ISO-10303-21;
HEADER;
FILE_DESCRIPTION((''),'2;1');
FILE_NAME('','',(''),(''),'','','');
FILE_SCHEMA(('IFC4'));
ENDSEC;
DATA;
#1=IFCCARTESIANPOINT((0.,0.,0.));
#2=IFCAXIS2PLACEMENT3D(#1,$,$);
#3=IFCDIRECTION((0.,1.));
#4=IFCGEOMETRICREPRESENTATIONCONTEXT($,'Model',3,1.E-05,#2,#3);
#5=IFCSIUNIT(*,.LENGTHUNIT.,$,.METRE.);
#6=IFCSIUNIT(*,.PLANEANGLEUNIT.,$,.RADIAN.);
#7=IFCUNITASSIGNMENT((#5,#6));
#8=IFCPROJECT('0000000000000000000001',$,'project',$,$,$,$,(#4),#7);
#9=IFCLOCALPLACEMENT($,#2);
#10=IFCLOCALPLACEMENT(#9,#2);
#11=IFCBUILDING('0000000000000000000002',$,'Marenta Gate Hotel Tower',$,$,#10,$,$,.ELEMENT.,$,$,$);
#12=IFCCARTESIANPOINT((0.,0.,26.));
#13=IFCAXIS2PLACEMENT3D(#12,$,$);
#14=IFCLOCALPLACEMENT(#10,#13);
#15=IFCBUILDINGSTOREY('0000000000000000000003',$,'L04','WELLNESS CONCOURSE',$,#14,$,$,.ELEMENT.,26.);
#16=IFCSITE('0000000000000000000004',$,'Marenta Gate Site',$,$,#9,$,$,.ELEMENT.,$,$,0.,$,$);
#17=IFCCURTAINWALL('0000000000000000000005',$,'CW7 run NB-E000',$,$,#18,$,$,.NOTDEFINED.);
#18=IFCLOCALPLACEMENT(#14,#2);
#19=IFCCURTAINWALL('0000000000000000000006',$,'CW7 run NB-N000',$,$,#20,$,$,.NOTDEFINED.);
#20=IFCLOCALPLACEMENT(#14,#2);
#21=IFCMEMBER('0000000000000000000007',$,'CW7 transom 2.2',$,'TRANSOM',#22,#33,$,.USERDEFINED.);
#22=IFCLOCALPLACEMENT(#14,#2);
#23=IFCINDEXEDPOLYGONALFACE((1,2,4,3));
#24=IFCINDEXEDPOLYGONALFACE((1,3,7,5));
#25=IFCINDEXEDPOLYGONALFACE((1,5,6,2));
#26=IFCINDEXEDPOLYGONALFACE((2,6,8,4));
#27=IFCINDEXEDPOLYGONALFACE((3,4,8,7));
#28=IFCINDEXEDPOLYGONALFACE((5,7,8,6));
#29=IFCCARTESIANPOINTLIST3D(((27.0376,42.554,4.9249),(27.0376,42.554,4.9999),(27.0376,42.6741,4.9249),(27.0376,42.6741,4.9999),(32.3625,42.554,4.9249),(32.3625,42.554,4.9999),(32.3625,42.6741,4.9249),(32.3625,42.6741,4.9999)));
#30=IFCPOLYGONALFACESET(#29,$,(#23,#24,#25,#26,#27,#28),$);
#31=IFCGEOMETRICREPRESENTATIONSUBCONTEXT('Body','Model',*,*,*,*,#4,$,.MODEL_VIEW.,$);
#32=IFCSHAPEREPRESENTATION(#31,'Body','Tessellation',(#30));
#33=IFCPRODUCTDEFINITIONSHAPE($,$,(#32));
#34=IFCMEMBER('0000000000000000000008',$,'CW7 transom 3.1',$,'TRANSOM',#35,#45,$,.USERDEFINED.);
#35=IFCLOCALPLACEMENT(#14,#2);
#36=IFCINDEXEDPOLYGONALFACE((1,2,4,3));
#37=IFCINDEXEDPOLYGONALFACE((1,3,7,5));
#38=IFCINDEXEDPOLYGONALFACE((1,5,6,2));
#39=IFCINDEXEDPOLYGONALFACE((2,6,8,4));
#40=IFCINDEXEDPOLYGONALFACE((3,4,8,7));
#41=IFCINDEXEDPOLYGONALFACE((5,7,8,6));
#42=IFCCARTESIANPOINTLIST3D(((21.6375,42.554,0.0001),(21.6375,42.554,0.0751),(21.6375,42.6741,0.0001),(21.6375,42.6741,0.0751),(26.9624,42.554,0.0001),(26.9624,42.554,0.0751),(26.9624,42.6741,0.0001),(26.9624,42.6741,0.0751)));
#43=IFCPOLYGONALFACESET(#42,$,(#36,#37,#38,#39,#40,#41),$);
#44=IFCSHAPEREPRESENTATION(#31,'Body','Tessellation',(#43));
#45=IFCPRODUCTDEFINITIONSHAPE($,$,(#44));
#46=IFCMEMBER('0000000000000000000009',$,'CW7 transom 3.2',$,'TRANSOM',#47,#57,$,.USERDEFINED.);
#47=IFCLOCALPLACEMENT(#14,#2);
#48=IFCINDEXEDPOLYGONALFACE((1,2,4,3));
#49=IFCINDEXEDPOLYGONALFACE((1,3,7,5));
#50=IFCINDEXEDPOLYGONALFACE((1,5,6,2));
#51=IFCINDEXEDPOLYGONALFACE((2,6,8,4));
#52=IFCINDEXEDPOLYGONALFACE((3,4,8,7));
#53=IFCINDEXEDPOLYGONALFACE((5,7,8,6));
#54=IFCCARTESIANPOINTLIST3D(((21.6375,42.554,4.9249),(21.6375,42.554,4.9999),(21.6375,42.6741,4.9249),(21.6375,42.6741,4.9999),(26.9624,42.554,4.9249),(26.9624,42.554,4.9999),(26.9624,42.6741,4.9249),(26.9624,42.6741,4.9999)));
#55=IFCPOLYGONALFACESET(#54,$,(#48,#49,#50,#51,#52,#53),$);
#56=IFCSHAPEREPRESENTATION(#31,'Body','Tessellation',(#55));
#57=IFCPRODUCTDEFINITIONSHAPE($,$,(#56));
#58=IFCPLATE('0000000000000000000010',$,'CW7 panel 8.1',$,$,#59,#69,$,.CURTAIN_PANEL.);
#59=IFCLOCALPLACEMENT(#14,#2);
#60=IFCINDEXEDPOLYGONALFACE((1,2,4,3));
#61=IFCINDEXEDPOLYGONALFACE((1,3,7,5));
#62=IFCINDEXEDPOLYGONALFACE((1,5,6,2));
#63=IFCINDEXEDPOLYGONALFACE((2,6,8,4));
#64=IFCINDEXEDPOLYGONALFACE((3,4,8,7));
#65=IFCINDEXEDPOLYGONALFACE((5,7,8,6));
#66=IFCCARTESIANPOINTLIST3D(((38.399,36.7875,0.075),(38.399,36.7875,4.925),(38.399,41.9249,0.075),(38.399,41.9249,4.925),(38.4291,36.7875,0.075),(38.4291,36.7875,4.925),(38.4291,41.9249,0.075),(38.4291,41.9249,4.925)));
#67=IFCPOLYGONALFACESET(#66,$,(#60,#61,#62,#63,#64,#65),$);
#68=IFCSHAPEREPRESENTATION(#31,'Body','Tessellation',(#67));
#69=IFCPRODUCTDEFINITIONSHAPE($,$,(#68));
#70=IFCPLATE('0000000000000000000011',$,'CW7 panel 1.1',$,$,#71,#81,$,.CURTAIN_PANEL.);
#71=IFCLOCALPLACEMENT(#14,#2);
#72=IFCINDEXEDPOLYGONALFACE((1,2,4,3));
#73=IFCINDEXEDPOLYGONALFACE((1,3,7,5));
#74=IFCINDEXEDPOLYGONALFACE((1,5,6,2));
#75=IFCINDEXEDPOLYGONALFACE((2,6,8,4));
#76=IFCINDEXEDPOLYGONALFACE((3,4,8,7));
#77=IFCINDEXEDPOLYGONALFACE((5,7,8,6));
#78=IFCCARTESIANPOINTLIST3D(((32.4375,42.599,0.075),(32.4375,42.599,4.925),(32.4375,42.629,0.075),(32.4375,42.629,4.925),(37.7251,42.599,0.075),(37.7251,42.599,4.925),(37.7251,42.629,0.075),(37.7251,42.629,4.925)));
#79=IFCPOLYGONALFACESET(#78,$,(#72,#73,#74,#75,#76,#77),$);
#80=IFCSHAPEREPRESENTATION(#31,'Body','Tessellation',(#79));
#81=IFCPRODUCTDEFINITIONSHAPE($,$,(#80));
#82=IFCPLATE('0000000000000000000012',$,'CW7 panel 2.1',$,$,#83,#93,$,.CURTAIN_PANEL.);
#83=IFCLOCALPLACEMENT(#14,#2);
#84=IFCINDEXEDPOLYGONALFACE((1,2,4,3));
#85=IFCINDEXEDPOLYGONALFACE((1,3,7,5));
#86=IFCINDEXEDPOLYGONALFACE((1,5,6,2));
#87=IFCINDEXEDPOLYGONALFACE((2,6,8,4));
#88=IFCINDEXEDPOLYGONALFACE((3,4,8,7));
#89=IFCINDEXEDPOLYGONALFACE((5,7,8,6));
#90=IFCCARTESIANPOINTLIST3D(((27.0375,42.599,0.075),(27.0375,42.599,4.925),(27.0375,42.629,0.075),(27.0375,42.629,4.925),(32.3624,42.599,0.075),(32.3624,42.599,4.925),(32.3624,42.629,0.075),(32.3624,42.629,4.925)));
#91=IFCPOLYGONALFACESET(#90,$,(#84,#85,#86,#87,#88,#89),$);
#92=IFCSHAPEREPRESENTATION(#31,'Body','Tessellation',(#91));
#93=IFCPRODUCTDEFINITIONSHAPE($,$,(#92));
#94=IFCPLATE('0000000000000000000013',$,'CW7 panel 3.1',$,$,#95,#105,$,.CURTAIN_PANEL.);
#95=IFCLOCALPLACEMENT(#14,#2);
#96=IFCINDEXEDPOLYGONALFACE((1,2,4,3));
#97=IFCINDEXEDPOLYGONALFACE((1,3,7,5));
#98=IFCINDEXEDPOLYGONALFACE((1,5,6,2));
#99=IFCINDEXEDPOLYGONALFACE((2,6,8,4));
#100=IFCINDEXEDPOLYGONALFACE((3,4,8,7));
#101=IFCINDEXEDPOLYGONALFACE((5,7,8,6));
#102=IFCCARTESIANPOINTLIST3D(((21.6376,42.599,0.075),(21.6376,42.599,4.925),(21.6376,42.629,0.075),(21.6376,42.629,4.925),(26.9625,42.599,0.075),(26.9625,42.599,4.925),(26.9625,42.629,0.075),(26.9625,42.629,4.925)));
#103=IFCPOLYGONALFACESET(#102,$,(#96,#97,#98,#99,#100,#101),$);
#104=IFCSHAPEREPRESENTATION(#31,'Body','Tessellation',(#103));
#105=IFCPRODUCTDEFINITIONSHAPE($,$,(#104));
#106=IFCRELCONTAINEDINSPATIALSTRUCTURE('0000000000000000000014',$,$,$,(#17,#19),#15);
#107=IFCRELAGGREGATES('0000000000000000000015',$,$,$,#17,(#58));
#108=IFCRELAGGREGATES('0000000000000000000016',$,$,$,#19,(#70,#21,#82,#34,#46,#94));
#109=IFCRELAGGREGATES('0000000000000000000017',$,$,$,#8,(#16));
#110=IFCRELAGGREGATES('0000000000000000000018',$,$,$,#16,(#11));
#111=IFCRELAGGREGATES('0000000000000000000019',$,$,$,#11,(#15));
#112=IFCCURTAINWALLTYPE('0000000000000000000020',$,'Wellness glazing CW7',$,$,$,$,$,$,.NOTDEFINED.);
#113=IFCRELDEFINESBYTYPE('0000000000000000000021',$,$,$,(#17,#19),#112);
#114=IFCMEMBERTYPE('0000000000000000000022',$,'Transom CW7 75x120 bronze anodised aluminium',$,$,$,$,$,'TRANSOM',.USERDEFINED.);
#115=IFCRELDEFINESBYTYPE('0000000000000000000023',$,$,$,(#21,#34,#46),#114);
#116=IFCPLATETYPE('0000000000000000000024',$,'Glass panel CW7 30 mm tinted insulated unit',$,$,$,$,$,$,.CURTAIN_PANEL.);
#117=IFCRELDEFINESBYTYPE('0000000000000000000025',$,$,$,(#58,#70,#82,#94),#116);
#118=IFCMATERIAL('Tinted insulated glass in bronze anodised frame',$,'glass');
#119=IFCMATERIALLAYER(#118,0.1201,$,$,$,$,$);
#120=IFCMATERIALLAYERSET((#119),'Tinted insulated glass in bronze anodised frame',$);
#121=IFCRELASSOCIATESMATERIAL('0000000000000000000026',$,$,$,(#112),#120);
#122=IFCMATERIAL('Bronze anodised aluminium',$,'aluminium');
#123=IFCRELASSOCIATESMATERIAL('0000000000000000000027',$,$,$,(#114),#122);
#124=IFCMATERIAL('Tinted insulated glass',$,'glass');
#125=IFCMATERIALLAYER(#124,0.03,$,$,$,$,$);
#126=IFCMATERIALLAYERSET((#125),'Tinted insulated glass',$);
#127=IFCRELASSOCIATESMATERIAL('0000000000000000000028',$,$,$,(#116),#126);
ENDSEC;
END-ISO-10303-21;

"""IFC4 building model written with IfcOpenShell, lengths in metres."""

from ifc_helpers import new_model, si_unit, direction, frame, origin, origin_2d, place, context, subcontext, project, spatial, rectangle, extrude, material, layer, layer_set, material_profile, profile_set, type_object, element, aggregate, save


model = new_model("IFC4")

# Units and contexts
model_context = context("Model", 3, precision=1e-05, world=origin(), true_north=direction((0.0, 1.0)))
body_context = subcontext(model_context, "Body", "Model", "MODEL_VIEW")
ifc_project = project(units=[si_unit("LENGTHUNIT", "METRE"), si_unit("PLANEANGLEUNIT", "RADIAN")], contexts=[model_context])

# Site, building, storey
site_placement = place(None, origin())
site = spatial("IfcSite", under=ifc_project, at=site_placement, Name="Marenta Gate Site", CompositionType="ELEMENT", RefElevation=0.0)
building_placement = place(site_placement, origin())
building = spatial("IfcBuilding", under=site, at=building_placement, Name="Marenta Gate Hotel Tower", CompositionType="ELEMENT")
storey_placement = place(building_placement, frame((0.0, 0.0, 26.0)))
storey = spatial("IfcBuildingStorey", under=building, at=storey_placement, Name="L04", Description="WELLNESS CONCOURSE", CompositionType="ELEMENT", Elevation=26.0)

# Curtain walls
ifc_material_1 = material(Name="Tinted insulated glass in bronze anodised frame", Category="glass")
ifc_layer_1 = layer(ifc_material_1, 0.1201)
ifc_layer_set_1 = layer_set([ifc_layer_1], Name="Tinted insulated glass in bronze anodised frame")
curtain_wall_type = type_object("IfcCurtainWallType", Name="Wellness glazing CW7", PredefinedType="NOTDEFINED", material=ifc_layer_set_1)
curtain_wall_1_placement = place(storey_placement, origin())
curtain_wall_1 = element("IfcCurtainWall", 1, at=curtain_wall_1_placement, inside=storey, type_object=curtain_wall_type, Name="CW7 run NB-E000", PredefinedType="NOTDEFINED")
curtain_wall_2_placement = place(storey_placement, origin())
curtain_wall_2 = element("IfcCurtainWall", 2, at=curtain_wall_2_placement, inside=storey, type_object=curtain_wall_type, Name="CW7 run NB-N000", PredefinedType="NOTDEFINED")

# Members
ifc_material_2 = material(Name="Bronze anodised aluminium", Category="aluminium")
ifc_material_profile_1 = material_profile(ifc_material_2, rectangle(XDim=0.1201, YDim=0.075, at=origin_2d()), Name="Transom CW7 75x120 bronze anodised aluminium")
ifc_profile_set_1 = profile_set([ifc_material_profile_1], Name="Bronze anodised aluminium")
member_type_1 = type_object("IfcMemberType", Name="Transom CW7 75x120 bronze anodised aluminium", ElementType="TRANSOM", PredefinedType="USERDEFINED", material=ifc_profile_set_1)
member_1_placement = place(storey_placement, frame((32.3625, 42.614, 4.9624), z_axis=(-1.0, 0.0, 0.0), x_axis=(0.0, -1.0, 0.0)))
member_1 = element("IfcMember", 3, at=member_1_placement, type_object=member_type_1, Name="CW7 transom 2.2", ObjectType="TRANSOM", PredefinedType="USERDEFINED", context=body_context, shape_type="SweptSolid", body=[
    extrude(rectangle(XDim=0.1201, YDim=0.075, at=origin_2d()), origin(), (0.0, 0.0, 1.0), 5.325),
])
member_2_placement = place(storey_placement, frame((26.9624, 42.614, 0.0376), z_axis=(-1.0, 0.0, 0.0), x_axis=(0.0, -1.0, 0.0)))
member_2 = element("IfcMember", 4, at=member_2_placement, type_object=member_type_1, Name="CW7 transom 3.1", ObjectType="TRANSOM", PredefinedType="USERDEFINED", context=body_context, shape_type="SweptSolid", body=[
    extrude(rectangle(XDim=0.1201, YDim=0.075, at=origin_2d()), origin(), (0.0, 0.0, 1.0), 5.325),
])
member_3_placement = place(storey_placement, frame((26.9624, 42.614, 4.9624), z_axis=(-1.0, 0.0, 0.0), x_axis=(0.0, -1.0, 0.0)))
member_3 = element("IfcMember", 5, at=member_3_placement, type_object=member_type_1, Name="CW7 transom 3.2", ObjectType="TRANSOM", PredefinedType="USERDEFINED", context=body_context, shape_type="SweptSolid", body=[
    extrude(rectangle(XDim=0.1201, YDim=0.075, at=origin_2d()), origin(), (0.0, 0.0, 1.0), 5.325),
])

# Plates
ifc_material_3 = material(Name="Tinted insulated glass", Category="glass")
ifc_layer_2 = layer(ifc_material_3, 0.03)
ifc_layer_set_2 = layer_set([ifc_layer_2], Name="Tinted insulated glass")
plate_type = type_object("IfcPlateType", Name="Glass panel CW7 30 mm tinted insulated unit", PredefinedType="CURTAIN_PANEL", material=ifc_layer_set_2)
plate_1_placement = place(storey_placement, frame((38.4141, 39.3562, 0.075), z_axis=(0.0, 0.0, 1.0), x_axis=(0.0, 1.0, 0.0)))
plate_1 = element("IfcPlate", 6, at=plate_1_placement, type_object=plate_type, Name="CW7 panel 8.1", PredefinedType="CURTAIN_PANEL", context=body_context, shape_type="SweptSolid", body=[
    extrude(rectangle(XDim=5.1375, YDim=0.03, at=origin_2d()), origin(), (0.0, 0.0, 1.0), 4.8501),
])
aggregate(curtain_wall_1, [plate_1])
plate_2_placement = place(storey_placement, frame((35.0813, 42.614, 0.075), z_axis=(0.0, 0.0, 1.0), x_axis=(-1.0, 0.0, 0.0)))
plate_2 = element("IfcPlate", 7, at=plate_2_placement, type_object=plate_type, Name="CW7 panel 1.1", PredefinedType="CURTAIN_PANEL", context=body_context, shape_type="SweptSolid", body=[
    extrude(rectangle(XDim=5.2876, YDim=0.03, at=origin_2d()), origin(), (0.0, 0.0, 1.0), 4.8501),
])
plate_3_placement = place(storey_placement, frame((29.7, 42.614, 0.075), z_axis=(0.0, 0.0, 1.0), x_axis=(-1.0, 0.0, 0.0)))
plate_3 = element("IfcPlate", 8, at=plate_3_placement, type_object=plate_type, Name="CW7 panel 2.1", PredefinedType="CURTAIN_PANEL", context=body_context, shape_type="SweptSolid", body=[
    extrude(rectangle(XDim=5.325, YDim=0.03, at=origin_2d()), origin(), (0.0, 0.0, 1.0), 4.8501),
])
plate_4_placement = place(storey_placement, frame((24.3, 42.614, 0.075), z_axis=(0.0, 0.0, 1.0), x_axis=(-1.0, 0.0, 0.0)))
plate_4 = element("IfcPlate", 9, at=plate_4_placement, type_object=plate_type, Name="CW7 panel 3.1", PredefinedType="CURTAIN_PANEL", context=body_context, shape_type="SweptSolid", body=[
    extrude(rectangle(XDim=5.325, YDim=0.03, at=origin_2d()), origin(), (0.0, 0.0, 1.0), 4.8501),
])
aggregate(curtain_wall_2, [plate_2, member_1, plate_3, member_2, member_3, plate_4])

save(model, "model.ifc")
